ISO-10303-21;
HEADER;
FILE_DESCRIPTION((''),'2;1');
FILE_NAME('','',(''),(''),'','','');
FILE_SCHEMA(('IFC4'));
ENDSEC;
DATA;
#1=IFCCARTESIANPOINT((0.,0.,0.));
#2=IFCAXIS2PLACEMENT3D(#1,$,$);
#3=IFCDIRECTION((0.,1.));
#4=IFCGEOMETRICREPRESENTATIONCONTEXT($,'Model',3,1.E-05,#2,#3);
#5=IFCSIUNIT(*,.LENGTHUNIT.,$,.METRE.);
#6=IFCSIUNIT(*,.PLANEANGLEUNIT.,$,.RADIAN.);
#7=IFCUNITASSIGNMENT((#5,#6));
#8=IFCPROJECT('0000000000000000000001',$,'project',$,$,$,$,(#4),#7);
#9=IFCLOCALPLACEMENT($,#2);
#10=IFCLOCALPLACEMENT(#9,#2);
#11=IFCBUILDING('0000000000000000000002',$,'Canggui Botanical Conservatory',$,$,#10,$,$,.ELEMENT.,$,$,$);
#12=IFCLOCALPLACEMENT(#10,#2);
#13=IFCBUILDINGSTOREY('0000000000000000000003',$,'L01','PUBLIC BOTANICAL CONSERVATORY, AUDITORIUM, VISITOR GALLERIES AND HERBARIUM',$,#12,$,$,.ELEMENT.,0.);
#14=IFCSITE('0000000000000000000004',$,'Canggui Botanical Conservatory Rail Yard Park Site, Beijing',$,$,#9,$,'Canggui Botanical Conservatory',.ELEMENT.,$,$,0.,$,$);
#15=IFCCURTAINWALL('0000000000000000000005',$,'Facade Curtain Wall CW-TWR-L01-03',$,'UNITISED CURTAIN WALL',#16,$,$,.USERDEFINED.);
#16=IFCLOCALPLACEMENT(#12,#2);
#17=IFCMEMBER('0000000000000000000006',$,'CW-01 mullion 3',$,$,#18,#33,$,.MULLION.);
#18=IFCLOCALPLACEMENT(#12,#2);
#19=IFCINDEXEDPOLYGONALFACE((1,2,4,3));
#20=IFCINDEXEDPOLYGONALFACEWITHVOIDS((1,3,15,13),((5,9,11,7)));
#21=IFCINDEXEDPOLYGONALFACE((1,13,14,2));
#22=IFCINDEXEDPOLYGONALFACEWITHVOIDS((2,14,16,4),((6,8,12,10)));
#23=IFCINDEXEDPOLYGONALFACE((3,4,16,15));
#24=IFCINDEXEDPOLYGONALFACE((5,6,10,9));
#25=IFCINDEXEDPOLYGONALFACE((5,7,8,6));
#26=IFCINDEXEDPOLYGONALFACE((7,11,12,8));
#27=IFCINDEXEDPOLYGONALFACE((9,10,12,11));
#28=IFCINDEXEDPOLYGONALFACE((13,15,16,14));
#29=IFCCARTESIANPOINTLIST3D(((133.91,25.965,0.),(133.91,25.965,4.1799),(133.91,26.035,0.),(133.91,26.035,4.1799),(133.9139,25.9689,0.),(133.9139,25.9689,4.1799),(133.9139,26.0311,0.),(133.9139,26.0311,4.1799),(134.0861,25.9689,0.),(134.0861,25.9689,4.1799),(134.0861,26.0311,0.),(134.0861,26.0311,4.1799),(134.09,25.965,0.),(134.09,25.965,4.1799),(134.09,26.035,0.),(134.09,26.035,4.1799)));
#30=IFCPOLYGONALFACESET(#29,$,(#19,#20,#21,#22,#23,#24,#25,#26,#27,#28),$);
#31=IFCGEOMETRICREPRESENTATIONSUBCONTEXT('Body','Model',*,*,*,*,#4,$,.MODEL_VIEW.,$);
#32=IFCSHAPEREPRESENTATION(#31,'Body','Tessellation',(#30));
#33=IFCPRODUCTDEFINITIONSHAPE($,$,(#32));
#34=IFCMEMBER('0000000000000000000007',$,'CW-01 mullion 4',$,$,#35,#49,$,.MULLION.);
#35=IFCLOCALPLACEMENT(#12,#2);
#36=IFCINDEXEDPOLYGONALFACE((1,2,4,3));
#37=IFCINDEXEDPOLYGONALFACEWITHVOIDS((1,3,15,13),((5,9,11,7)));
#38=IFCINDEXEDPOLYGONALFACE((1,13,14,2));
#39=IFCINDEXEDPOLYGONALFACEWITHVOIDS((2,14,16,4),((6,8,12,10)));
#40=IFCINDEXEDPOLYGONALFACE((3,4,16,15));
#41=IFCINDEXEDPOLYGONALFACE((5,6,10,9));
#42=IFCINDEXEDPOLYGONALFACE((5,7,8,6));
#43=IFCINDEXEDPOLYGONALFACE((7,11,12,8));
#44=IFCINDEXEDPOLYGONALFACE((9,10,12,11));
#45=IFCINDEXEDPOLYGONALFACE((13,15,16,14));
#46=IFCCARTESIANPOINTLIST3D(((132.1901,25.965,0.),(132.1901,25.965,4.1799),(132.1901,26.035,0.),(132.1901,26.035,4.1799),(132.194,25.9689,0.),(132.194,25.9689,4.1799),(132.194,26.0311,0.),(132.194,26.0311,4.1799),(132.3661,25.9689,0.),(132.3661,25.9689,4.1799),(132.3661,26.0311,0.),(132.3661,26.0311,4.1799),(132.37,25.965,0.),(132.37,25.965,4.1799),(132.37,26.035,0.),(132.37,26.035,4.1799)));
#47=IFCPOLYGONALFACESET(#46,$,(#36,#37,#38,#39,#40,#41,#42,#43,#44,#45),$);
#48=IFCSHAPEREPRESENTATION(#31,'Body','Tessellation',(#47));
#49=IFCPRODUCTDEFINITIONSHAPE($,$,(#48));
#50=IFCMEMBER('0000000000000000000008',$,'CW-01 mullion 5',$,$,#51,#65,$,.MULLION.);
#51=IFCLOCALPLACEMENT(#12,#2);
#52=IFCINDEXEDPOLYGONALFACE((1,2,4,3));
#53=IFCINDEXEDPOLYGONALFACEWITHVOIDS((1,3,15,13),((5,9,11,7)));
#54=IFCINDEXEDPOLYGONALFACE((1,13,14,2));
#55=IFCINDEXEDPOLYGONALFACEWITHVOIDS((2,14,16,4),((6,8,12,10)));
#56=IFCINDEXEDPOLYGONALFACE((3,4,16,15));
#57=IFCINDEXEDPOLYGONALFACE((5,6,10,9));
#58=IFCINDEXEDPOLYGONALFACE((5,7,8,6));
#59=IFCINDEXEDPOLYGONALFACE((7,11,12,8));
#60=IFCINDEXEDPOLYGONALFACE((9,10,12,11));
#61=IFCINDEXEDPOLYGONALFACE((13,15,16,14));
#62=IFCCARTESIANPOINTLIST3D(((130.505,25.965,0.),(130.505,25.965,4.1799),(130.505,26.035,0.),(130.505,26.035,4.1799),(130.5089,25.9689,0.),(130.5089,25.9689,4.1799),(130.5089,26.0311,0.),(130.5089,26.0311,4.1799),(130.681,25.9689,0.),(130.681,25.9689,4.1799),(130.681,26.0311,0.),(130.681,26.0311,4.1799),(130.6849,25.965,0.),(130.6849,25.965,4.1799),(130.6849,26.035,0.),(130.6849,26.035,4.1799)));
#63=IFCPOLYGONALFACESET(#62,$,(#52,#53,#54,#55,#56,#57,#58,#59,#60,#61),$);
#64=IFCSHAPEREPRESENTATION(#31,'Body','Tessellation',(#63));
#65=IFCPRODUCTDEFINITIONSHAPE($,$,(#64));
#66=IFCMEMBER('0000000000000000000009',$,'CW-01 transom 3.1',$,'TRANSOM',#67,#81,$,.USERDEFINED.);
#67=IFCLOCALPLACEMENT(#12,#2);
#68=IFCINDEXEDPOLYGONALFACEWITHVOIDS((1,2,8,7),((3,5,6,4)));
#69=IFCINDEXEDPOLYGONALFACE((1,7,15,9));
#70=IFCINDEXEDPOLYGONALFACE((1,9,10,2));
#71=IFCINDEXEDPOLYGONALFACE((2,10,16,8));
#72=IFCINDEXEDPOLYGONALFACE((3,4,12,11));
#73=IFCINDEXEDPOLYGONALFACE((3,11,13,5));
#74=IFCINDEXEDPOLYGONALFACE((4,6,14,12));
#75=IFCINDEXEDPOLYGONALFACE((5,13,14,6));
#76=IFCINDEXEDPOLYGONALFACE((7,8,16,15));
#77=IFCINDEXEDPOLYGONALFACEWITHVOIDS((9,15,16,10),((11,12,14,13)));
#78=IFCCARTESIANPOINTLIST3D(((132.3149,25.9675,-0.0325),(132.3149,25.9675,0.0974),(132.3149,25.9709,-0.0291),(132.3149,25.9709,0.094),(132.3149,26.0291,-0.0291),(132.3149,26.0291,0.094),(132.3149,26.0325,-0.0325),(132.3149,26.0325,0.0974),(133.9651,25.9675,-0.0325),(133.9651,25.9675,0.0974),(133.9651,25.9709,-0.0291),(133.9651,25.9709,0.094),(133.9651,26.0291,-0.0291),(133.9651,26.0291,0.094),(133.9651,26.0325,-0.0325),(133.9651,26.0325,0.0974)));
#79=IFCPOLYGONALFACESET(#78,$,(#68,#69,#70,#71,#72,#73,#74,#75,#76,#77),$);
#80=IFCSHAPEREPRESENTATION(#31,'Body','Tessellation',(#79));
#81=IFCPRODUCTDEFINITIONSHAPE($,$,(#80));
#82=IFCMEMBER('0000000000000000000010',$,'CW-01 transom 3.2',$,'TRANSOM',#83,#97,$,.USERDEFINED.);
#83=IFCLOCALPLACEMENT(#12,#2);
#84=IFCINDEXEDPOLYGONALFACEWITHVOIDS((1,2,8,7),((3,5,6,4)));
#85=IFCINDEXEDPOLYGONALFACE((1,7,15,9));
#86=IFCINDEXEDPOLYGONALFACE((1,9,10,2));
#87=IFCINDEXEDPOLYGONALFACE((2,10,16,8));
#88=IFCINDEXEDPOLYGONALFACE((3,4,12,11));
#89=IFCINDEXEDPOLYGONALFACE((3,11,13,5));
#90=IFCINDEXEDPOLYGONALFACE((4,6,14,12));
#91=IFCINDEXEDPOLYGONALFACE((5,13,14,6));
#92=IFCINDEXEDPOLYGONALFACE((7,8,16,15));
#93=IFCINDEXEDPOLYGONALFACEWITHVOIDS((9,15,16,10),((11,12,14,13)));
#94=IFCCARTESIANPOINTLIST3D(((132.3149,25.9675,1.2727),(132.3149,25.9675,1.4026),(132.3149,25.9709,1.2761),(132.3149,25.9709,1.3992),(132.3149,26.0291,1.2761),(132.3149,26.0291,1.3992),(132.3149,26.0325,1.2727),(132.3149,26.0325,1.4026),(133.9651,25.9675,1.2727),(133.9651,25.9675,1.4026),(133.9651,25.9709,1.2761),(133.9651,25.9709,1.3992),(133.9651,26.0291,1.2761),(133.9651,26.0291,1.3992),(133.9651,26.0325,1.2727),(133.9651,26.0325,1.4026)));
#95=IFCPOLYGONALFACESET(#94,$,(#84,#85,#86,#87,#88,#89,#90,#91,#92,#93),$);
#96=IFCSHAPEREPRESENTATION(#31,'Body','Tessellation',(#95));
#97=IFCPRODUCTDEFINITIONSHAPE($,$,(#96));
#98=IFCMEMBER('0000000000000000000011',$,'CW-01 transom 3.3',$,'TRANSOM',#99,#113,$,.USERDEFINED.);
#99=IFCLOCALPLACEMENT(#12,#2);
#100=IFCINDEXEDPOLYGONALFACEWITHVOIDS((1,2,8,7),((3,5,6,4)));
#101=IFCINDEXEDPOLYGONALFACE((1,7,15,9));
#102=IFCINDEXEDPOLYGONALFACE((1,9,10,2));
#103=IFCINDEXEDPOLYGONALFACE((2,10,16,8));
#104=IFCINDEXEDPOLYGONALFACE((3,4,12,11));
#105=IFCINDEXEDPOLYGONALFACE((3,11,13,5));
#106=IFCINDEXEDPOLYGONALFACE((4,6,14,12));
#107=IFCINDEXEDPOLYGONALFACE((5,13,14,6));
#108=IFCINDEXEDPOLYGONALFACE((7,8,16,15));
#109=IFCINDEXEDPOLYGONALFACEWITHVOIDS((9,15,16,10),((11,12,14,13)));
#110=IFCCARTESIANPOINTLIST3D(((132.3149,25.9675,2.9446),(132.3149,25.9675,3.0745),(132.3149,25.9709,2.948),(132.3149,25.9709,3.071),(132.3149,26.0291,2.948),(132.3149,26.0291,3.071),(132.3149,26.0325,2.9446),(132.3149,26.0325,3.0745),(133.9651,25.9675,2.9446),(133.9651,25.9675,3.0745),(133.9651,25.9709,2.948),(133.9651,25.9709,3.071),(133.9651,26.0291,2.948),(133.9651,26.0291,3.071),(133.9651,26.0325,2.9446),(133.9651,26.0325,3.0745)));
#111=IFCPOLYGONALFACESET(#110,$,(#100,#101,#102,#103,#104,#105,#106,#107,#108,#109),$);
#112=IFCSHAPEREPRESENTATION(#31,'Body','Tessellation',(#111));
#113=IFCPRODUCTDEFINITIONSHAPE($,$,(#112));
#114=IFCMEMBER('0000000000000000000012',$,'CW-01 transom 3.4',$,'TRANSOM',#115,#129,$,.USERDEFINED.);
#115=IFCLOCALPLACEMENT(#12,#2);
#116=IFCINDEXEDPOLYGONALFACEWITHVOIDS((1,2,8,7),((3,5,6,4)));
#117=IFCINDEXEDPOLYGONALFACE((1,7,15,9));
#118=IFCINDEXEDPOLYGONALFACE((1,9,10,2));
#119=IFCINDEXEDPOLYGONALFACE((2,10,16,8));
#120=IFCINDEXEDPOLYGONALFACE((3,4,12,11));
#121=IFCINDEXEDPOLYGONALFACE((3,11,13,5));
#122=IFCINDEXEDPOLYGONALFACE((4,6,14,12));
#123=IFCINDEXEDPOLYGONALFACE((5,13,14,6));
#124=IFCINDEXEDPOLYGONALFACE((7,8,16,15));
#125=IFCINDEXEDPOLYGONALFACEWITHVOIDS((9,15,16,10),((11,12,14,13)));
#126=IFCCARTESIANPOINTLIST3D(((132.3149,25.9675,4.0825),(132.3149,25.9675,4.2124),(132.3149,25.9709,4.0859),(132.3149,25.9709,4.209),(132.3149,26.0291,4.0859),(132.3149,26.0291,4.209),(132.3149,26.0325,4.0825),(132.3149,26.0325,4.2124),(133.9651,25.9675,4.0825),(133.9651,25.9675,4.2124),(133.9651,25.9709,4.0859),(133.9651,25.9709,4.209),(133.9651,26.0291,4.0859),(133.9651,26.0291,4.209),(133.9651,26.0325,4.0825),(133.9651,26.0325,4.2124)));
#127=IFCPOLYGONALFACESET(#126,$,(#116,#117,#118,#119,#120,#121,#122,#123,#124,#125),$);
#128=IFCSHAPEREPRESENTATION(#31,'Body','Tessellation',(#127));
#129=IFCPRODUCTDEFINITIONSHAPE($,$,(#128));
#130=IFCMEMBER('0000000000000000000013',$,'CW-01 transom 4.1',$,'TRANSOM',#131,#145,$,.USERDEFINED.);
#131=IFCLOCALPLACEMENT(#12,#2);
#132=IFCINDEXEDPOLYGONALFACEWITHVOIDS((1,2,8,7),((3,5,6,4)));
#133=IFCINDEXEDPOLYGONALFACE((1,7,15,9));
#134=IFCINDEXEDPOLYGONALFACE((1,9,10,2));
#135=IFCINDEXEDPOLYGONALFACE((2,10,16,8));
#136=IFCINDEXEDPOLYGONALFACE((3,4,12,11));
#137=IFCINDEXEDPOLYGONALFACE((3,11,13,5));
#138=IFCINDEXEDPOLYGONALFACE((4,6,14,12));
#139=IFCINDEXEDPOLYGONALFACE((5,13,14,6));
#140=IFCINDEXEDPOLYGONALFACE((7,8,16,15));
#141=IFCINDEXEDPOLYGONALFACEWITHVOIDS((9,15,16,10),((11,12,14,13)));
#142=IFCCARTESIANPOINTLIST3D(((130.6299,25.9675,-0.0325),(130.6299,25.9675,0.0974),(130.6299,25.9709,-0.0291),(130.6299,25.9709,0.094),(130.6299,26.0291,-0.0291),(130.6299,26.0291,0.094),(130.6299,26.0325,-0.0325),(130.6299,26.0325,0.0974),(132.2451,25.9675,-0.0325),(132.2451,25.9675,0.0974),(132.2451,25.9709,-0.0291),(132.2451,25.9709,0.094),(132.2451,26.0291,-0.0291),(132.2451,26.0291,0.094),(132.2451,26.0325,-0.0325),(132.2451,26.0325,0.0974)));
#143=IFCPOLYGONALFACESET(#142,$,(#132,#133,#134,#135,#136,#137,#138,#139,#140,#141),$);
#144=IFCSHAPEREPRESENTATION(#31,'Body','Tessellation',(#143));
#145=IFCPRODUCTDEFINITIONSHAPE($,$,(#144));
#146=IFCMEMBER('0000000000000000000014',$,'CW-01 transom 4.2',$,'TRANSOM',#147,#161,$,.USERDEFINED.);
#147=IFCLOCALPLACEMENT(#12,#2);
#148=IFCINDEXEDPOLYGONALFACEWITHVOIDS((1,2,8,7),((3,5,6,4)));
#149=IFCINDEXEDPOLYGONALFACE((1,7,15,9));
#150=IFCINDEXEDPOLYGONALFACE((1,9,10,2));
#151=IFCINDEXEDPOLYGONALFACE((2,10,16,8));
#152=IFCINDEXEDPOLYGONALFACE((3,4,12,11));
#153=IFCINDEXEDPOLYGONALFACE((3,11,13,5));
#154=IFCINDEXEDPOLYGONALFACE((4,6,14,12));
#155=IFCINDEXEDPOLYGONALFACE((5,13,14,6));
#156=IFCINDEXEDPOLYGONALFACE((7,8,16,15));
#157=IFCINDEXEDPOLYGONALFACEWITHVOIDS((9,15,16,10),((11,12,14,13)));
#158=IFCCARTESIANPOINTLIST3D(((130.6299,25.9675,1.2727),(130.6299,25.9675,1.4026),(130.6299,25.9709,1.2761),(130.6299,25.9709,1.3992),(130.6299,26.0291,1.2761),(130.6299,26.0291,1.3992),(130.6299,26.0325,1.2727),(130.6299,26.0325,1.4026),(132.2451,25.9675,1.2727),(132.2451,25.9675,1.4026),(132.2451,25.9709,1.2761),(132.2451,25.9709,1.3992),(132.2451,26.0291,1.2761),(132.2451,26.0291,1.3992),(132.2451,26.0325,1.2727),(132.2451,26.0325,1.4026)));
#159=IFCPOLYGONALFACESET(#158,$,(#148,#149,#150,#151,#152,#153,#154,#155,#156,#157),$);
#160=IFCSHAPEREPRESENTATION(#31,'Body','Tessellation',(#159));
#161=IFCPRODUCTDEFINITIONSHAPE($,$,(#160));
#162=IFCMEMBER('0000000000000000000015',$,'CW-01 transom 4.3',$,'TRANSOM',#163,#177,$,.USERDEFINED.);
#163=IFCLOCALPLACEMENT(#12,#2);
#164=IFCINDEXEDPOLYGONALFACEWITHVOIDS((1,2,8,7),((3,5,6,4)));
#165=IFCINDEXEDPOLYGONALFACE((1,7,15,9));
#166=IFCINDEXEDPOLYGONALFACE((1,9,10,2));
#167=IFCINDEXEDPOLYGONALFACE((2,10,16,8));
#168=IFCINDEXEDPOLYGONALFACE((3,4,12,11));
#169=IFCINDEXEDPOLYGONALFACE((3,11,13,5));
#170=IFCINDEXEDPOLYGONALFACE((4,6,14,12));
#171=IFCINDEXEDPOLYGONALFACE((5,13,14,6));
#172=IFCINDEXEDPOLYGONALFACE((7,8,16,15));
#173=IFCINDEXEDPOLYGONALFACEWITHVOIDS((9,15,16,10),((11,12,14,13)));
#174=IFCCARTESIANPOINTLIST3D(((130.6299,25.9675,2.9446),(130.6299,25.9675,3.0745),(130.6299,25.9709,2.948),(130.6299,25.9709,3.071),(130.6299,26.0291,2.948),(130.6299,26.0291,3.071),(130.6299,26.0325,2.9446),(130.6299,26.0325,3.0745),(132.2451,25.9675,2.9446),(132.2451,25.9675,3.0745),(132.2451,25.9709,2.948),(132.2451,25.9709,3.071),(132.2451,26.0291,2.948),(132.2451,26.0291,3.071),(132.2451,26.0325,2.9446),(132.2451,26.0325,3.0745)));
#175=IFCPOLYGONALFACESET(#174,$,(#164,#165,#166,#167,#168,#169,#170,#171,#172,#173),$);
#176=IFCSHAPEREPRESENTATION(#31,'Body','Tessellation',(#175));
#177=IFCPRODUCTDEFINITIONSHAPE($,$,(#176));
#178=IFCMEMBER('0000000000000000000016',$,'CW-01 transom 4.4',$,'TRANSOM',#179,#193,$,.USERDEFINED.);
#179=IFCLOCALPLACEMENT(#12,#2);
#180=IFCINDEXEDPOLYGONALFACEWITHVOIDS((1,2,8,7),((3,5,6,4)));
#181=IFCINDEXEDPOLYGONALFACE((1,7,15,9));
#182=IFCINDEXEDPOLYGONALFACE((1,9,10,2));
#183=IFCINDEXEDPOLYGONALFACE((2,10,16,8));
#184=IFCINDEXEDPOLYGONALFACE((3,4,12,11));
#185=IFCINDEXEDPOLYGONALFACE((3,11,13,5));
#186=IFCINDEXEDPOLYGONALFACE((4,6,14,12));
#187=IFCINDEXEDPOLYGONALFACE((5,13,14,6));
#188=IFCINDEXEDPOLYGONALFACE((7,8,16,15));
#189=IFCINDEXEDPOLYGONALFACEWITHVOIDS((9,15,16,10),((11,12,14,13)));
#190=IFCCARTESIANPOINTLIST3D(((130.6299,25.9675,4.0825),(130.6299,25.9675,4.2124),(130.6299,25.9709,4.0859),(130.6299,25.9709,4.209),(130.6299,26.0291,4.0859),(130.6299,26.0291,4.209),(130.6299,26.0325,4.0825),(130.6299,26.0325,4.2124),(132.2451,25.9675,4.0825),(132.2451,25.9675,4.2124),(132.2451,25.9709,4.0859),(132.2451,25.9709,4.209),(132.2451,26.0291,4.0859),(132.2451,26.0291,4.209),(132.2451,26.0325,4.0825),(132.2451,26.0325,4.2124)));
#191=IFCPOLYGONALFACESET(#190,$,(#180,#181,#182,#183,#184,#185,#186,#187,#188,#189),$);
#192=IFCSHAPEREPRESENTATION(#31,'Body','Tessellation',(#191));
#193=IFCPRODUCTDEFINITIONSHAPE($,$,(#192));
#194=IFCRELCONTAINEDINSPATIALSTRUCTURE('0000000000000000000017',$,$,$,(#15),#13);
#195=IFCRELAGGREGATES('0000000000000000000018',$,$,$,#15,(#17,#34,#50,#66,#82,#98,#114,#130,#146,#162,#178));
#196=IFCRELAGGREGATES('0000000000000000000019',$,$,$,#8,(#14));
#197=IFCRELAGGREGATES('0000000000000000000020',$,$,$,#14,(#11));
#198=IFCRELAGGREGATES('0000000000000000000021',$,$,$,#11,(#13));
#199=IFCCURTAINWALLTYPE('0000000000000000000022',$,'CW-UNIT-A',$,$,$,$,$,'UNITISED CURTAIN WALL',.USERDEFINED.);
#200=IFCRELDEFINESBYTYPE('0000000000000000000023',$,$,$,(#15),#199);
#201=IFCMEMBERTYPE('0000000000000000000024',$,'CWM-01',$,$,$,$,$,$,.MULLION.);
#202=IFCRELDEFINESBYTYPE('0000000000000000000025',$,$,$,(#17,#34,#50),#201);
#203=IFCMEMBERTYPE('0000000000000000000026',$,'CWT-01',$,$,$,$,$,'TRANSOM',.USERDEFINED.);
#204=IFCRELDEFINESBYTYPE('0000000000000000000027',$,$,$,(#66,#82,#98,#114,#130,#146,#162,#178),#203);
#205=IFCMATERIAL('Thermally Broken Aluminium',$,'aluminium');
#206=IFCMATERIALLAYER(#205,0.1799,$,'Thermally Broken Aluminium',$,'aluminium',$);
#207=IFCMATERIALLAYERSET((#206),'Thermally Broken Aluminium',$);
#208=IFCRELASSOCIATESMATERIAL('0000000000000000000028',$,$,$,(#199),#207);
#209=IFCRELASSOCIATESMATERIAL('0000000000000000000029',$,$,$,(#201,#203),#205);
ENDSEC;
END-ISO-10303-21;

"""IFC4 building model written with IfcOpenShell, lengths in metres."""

from ifc_helpers import new_model, si_unit, direction, frame, origin, origin_2d, place, context, subcontext, project, spatial, hollow_rectangle, extrude, material, layer, layer_set, material_profile, profile_set, type_object, element, aggregate, save


model = new_model("IFC4")

# Units and contexts
model_context = context("Model", 3, precision=1e-05, world=origin(), true_north=direction((0.0, 1.0)))
body_context = subcontext(model_context, "Body", "Model", "MODEL_VIEW")
ifc_project = project(units=[si_unit("LENGTHUNIT", "METRE"), si_unit("PLANEANGLEUNIT", "RADIAN")], contexts=[model_context])

# Site, building, storey
site_placement = place(None, origin())
site = spatial("IfcSite", under=ifc_project, at=site_placement, Name="Canggui Botanical Conservatory Rail Yard Park Site, Beijing", LongName="Canggui Botanical Conservatory", CompositionType="ELEMENT", RefElevation=0.0)
building_placement = place(site_placement, origin())
building = spatial("IfcBuilding", under=site, at=building_placement, Name="Canggui Botanical Conservatory", CompositionType="ELEMENT")
storey_placement = place(building_placement, origin())
storey = spatial("IfcBuildingStorey", under=building, at=storey_placement, Name="L01", Description="PUBLIC BOTANICAL CONSERVATORY, AUDITORIUM, VISITOR GALLERIES AND HERBARIUM", CompositionType="ELEMENT", Elevation=0.0)

# Curtain wall, members
ifc_material_1 = material(Name="Thermally Broken Aluminium", Category="aluminium")
ifc_layer_1 = layer(ifc_material_1, 0.1799, Name="Thermally Broken Aluminium", Category="aluminium")
ifc_layer_set_1 = layer_set([ifc_layer_1], Name="Thermally Broken Aluminium")
curtain_wall_type = type_object("IfcCurtainWallType", Name="CW-UNIT-A", ElementType="UNITISED CURTAIN WALL", PredefinedType="USERDEFINED", material=ifc_layer_set_1)
curtain_wall_placement = place(storey_placement, origin())
curtain_wall = element("IfcCurtainWall", 1, at=curtain_wall_placement, inside=storey, type_object=curtain_wall_type, Name="Facade Curtain Wall CW-TWR-L01-03", ObjectType="UNITISED CURTAIN WALL", PredefinedType="USERDEFINED")
ifc_material_profile_1 = material_profile(ifc_material_1, hollow_rectangle(XDim=0.0701, YDim=0.1799, WallThickness=0.0039, at=origin_2d()), Name="CWM 70x180x4")
ifc_profile_set_1 = profile_set([ifc_material_profile_1], Name="Thermally Broken Aluminium")
member_type_1 = type_object("IfcMemberType", Name="CWM-01", PredefinedType="MULLION", material=ifc_profile_set_1)
member_1_placement = place(storey_placement, frame((134.0, 26.0, 0.0), z_axis=(0.0, 0.0, 1.0), x_axis=(0.0, -1.0, 0.0)))
member_1 = element("IfcMember", 2, at=member_1_placement, type_object=member_type_1, Name="CW-01 mullion 3", PredefinedType="MULLION", context=body_context, shape_type="SweptSolid", body=[
    extrude(hollow_rectangle(XDim=0.0701, YDim=0.1799, WallThickness=0.0039, at=origin_2d()), origin(), (0.0, 0.0, 1.0), 4.1799),
])
member_2_placement = place(storey_placement, frame((132.28, 26.0, 0.0), z_axis=(0.0, 0.0, 1.0), x_axis=(0.0, -1.0, 0.0)))
member_2 = element("IfcMember", 3, at=member_2_placement, type_object=member_type_1, Name="CW-01 mullion 4", PredefinedType="MULLION", context=body_context, shape_type="SweptSolid", body=[
    extrude(hollow_rectangle(XDim=0.0701, YDim=0.1799, WallThickness=0.0039, at=origin_2d()), origin(), (0.0, 0.0, 1.0), 4.1799),
])
member_3_placement = place(storey_placement, frame((130.595, 26.0, 0.0), z_axis=(0.0, 0.0, 1.0), x_axis=(0.0, -1.0, 0.0)))
member_3 = element("IfcMember", 4, at=member_3_placement, type_object=member_type_1, Name="CW-01 mullion 5", PredefinedType="MULLION", context=body_context, shape_type="SweptSolid", body=[
    extrude(hollow_rectangle(XDim=0.0701, YDim=0.1799, WallThickness=0.0039, at=origin_2d()), origin(), (0.0, 0.0, 1.0), 4.1799),
])
ifc_material_profile_2 = material_profile(ifc_material_1, hollow_rectangle(XDim=0.0649, YDim=0.1299, WallThickness=0.0034, at=origin_2d()), Name="CWT 65x130x3.5")
ifc_profile_set_2 = profile_set([ifc_material_profile_2], Name="Thermally Broken Aluminium")
member_type_2 = type_object("IfcMemberType", Name="CWT-01", ElementType="TRANSOM", PredefinedType="USERDEFINED", material=ifc_profile_set_2)
member_4_placement = place(storey_placement, frame((133.9651, 26.0, 0.0325), z_axis=(-1.0, 0.0, 0.0), x_axis=(0.0, -1.0, 0.0)))
member_4 = element("IfcMember", 5, at=member_4_placement, type_object=member_type_2, Name="CW-01 transom 3.1", ObjectType="TRANSOM", PredefinedType="USERDEFINED", context=body_context, shape_type="SweptSolid", body=[
    extrude(hollow_rectangle(XDim=0.0649, YDim=0.1299, WallThickness=0.0034, at=origin_2d()), origin(), (0.0, 0.0, 1.0), 1.6501),
])
member_5_placement = place(storey_placement, frame((133.9651, 26.0, 1.3376), z_axis=(-1.0, 0.0, 0.0), x_axis=(0.0, -1.0, 0.0)))
member_5 = element("IfcMember", 6, at=member_5_placement, type_object=member_type_2, Name="CW-01 transom 3.2", ObjectType="TRANSOM", PredefinedType="USERDEFINED", context=body_context, shape_type="SweptSolid", body=[
    extrude(hollow_rectangle(XDim=0.0649, YDim=0.1299, WallThickness=0.0034, at=origin_2d()), origin(), (0.0, 0.0, 1.0), 1.6501),
])
member_6_placement = place(storey_placement, frame((133.9651, 26.0, 3.0095), z_axis=(-1.0, 0.0, 0.0), x_axis=(0.0, -1.0, 0.0)))
member_6 = element("IfcMember", 7, at=member_6_placement, type_object=member_type_2, Name="CW-01 transom 3.3", ObjectType="TRANSOM", PredefinedType="USERDEFINED", context=body_context, shape_type="SweptSolid", body=[
    extrude(hollow_rectangle(XDim=0.0649, YDim=0.1299, WallThickness=0.0034, at=origin_2d()), origin(), (0.0, 0.0, 1.0), 1.6501),
])
member_7_placement = place(storey_placement, frame((133.9651, 26.0, 4.1475), z_axis=(-1.0, 0.0, 0.0), x_axis=(0.0, -1.0, 0.0)))
member_7 = element("IfcMember", 8, at=member_7_placement, type_object=member_type_2, Name="CW-01 transom 3.4", ObjectType="TRANSOM", PredefinedType="USERDEFINED", context=body_context, shape_type="SweptSolid", body=[
    extrude(hollow_rectangle(XDim=0.0649, YDim=0.1299, WallThickness=0.0034, at=origin_2d()), origin(), (0.0, 0.0, 1.0), 1.6501),
])
member_8_placement = place(storey_placement, frame((132.2451, 26.0, 0.0325), z_axis=(-1.0, 0.0, 0.0), x_axis=(0.0, -1.0, 0.0)))
member_8 = element("IfcMember", 9, at=member_8_placement, type_object=member_type_2, Name="CW-01 transom 4.1", ObjectType="TRANSOM", PredefinedType="USERDEFINED", context=body_context, shape_type="SweptSolid", body=[
    extrude(hollow_rectangle(XDim=0.0649, YDim=0.1299, WallThickness=0.0034, at=origin_2d()), origin(), (0.0, 0.0, 1.0), 1.6152),
])
member_9_placement = place(storey_placement, frame((132.2451, 26.0, 1.3376), z_axis=(-1.0, 0.0, 0.0), x_axis=(0.0, -1.0, 0.0)))
member_9 = element("IfcMember", 10, at=member_9_placement, type_object=member_type_2, Name="CW-01 transom 4.2", ObjectType="TRANSOM", PredefinedType="USERDEFINED", context=body_context, shape_type="SweptSolid", body=[
    extrude(hollow_rectangle(XDim=0.0649, YDim=0.1299, WallThickness=0.0034, at=origin_2d()), origin(), (0.0, 0.0, 1.0), 1.6152),
])
member_10_placement = place(storey_placement, frame((132.2451, 26.0, 3.0095), z_axis=(-1.0, 0.0, 0.0), x_axis=(0.0, -1.0, 0.0)))
member_10 = element("IfcMember", 11, at=member_10_placement, type_object=member_type_2, Name="CW-01 transom 4.3", ObjectType="TRANSOM", PredefinedType="USERDEFINED", context=body_context, shape_type="SweptSolid", body=[
    extrude(hollow_rectangle(XDim=0.0649, YDim=0.1299, WallThickness=0.0034, at=origin_2d()), origin(), (0.0, 0.0, 1.0), 1.6152),
])
member_11_placement = place(storey_placement, frame((132.2451, 26.0, 4.1475), z_axis=(-1.0, 0.0, 0.0), x_axis=(0.0, -1.0, 0.0)))
member_11 = element("IfcMember", 12, at=member_11_placement, type_object=member_type_2, Name="CW-01 transom 4.4", ObjectType="TRANSOM", PredefinedType="USERDEFINED", context=body_context, shape_type="SweptSolid", body=[
    extrude(hollow_rectangle(XDim=0.0649, YDim=0.1299, WallThickness=0.0034, at=origin_2d()), origin(), (0.0, 0.0, 1.0), 1.6152),
])
aggregate(curtain_wall, [member_1, member_2, member_3, member_4, member_5, member_6, member_7, member_8, member_9, member_10, member_11])

save(model, "model.ifc")
